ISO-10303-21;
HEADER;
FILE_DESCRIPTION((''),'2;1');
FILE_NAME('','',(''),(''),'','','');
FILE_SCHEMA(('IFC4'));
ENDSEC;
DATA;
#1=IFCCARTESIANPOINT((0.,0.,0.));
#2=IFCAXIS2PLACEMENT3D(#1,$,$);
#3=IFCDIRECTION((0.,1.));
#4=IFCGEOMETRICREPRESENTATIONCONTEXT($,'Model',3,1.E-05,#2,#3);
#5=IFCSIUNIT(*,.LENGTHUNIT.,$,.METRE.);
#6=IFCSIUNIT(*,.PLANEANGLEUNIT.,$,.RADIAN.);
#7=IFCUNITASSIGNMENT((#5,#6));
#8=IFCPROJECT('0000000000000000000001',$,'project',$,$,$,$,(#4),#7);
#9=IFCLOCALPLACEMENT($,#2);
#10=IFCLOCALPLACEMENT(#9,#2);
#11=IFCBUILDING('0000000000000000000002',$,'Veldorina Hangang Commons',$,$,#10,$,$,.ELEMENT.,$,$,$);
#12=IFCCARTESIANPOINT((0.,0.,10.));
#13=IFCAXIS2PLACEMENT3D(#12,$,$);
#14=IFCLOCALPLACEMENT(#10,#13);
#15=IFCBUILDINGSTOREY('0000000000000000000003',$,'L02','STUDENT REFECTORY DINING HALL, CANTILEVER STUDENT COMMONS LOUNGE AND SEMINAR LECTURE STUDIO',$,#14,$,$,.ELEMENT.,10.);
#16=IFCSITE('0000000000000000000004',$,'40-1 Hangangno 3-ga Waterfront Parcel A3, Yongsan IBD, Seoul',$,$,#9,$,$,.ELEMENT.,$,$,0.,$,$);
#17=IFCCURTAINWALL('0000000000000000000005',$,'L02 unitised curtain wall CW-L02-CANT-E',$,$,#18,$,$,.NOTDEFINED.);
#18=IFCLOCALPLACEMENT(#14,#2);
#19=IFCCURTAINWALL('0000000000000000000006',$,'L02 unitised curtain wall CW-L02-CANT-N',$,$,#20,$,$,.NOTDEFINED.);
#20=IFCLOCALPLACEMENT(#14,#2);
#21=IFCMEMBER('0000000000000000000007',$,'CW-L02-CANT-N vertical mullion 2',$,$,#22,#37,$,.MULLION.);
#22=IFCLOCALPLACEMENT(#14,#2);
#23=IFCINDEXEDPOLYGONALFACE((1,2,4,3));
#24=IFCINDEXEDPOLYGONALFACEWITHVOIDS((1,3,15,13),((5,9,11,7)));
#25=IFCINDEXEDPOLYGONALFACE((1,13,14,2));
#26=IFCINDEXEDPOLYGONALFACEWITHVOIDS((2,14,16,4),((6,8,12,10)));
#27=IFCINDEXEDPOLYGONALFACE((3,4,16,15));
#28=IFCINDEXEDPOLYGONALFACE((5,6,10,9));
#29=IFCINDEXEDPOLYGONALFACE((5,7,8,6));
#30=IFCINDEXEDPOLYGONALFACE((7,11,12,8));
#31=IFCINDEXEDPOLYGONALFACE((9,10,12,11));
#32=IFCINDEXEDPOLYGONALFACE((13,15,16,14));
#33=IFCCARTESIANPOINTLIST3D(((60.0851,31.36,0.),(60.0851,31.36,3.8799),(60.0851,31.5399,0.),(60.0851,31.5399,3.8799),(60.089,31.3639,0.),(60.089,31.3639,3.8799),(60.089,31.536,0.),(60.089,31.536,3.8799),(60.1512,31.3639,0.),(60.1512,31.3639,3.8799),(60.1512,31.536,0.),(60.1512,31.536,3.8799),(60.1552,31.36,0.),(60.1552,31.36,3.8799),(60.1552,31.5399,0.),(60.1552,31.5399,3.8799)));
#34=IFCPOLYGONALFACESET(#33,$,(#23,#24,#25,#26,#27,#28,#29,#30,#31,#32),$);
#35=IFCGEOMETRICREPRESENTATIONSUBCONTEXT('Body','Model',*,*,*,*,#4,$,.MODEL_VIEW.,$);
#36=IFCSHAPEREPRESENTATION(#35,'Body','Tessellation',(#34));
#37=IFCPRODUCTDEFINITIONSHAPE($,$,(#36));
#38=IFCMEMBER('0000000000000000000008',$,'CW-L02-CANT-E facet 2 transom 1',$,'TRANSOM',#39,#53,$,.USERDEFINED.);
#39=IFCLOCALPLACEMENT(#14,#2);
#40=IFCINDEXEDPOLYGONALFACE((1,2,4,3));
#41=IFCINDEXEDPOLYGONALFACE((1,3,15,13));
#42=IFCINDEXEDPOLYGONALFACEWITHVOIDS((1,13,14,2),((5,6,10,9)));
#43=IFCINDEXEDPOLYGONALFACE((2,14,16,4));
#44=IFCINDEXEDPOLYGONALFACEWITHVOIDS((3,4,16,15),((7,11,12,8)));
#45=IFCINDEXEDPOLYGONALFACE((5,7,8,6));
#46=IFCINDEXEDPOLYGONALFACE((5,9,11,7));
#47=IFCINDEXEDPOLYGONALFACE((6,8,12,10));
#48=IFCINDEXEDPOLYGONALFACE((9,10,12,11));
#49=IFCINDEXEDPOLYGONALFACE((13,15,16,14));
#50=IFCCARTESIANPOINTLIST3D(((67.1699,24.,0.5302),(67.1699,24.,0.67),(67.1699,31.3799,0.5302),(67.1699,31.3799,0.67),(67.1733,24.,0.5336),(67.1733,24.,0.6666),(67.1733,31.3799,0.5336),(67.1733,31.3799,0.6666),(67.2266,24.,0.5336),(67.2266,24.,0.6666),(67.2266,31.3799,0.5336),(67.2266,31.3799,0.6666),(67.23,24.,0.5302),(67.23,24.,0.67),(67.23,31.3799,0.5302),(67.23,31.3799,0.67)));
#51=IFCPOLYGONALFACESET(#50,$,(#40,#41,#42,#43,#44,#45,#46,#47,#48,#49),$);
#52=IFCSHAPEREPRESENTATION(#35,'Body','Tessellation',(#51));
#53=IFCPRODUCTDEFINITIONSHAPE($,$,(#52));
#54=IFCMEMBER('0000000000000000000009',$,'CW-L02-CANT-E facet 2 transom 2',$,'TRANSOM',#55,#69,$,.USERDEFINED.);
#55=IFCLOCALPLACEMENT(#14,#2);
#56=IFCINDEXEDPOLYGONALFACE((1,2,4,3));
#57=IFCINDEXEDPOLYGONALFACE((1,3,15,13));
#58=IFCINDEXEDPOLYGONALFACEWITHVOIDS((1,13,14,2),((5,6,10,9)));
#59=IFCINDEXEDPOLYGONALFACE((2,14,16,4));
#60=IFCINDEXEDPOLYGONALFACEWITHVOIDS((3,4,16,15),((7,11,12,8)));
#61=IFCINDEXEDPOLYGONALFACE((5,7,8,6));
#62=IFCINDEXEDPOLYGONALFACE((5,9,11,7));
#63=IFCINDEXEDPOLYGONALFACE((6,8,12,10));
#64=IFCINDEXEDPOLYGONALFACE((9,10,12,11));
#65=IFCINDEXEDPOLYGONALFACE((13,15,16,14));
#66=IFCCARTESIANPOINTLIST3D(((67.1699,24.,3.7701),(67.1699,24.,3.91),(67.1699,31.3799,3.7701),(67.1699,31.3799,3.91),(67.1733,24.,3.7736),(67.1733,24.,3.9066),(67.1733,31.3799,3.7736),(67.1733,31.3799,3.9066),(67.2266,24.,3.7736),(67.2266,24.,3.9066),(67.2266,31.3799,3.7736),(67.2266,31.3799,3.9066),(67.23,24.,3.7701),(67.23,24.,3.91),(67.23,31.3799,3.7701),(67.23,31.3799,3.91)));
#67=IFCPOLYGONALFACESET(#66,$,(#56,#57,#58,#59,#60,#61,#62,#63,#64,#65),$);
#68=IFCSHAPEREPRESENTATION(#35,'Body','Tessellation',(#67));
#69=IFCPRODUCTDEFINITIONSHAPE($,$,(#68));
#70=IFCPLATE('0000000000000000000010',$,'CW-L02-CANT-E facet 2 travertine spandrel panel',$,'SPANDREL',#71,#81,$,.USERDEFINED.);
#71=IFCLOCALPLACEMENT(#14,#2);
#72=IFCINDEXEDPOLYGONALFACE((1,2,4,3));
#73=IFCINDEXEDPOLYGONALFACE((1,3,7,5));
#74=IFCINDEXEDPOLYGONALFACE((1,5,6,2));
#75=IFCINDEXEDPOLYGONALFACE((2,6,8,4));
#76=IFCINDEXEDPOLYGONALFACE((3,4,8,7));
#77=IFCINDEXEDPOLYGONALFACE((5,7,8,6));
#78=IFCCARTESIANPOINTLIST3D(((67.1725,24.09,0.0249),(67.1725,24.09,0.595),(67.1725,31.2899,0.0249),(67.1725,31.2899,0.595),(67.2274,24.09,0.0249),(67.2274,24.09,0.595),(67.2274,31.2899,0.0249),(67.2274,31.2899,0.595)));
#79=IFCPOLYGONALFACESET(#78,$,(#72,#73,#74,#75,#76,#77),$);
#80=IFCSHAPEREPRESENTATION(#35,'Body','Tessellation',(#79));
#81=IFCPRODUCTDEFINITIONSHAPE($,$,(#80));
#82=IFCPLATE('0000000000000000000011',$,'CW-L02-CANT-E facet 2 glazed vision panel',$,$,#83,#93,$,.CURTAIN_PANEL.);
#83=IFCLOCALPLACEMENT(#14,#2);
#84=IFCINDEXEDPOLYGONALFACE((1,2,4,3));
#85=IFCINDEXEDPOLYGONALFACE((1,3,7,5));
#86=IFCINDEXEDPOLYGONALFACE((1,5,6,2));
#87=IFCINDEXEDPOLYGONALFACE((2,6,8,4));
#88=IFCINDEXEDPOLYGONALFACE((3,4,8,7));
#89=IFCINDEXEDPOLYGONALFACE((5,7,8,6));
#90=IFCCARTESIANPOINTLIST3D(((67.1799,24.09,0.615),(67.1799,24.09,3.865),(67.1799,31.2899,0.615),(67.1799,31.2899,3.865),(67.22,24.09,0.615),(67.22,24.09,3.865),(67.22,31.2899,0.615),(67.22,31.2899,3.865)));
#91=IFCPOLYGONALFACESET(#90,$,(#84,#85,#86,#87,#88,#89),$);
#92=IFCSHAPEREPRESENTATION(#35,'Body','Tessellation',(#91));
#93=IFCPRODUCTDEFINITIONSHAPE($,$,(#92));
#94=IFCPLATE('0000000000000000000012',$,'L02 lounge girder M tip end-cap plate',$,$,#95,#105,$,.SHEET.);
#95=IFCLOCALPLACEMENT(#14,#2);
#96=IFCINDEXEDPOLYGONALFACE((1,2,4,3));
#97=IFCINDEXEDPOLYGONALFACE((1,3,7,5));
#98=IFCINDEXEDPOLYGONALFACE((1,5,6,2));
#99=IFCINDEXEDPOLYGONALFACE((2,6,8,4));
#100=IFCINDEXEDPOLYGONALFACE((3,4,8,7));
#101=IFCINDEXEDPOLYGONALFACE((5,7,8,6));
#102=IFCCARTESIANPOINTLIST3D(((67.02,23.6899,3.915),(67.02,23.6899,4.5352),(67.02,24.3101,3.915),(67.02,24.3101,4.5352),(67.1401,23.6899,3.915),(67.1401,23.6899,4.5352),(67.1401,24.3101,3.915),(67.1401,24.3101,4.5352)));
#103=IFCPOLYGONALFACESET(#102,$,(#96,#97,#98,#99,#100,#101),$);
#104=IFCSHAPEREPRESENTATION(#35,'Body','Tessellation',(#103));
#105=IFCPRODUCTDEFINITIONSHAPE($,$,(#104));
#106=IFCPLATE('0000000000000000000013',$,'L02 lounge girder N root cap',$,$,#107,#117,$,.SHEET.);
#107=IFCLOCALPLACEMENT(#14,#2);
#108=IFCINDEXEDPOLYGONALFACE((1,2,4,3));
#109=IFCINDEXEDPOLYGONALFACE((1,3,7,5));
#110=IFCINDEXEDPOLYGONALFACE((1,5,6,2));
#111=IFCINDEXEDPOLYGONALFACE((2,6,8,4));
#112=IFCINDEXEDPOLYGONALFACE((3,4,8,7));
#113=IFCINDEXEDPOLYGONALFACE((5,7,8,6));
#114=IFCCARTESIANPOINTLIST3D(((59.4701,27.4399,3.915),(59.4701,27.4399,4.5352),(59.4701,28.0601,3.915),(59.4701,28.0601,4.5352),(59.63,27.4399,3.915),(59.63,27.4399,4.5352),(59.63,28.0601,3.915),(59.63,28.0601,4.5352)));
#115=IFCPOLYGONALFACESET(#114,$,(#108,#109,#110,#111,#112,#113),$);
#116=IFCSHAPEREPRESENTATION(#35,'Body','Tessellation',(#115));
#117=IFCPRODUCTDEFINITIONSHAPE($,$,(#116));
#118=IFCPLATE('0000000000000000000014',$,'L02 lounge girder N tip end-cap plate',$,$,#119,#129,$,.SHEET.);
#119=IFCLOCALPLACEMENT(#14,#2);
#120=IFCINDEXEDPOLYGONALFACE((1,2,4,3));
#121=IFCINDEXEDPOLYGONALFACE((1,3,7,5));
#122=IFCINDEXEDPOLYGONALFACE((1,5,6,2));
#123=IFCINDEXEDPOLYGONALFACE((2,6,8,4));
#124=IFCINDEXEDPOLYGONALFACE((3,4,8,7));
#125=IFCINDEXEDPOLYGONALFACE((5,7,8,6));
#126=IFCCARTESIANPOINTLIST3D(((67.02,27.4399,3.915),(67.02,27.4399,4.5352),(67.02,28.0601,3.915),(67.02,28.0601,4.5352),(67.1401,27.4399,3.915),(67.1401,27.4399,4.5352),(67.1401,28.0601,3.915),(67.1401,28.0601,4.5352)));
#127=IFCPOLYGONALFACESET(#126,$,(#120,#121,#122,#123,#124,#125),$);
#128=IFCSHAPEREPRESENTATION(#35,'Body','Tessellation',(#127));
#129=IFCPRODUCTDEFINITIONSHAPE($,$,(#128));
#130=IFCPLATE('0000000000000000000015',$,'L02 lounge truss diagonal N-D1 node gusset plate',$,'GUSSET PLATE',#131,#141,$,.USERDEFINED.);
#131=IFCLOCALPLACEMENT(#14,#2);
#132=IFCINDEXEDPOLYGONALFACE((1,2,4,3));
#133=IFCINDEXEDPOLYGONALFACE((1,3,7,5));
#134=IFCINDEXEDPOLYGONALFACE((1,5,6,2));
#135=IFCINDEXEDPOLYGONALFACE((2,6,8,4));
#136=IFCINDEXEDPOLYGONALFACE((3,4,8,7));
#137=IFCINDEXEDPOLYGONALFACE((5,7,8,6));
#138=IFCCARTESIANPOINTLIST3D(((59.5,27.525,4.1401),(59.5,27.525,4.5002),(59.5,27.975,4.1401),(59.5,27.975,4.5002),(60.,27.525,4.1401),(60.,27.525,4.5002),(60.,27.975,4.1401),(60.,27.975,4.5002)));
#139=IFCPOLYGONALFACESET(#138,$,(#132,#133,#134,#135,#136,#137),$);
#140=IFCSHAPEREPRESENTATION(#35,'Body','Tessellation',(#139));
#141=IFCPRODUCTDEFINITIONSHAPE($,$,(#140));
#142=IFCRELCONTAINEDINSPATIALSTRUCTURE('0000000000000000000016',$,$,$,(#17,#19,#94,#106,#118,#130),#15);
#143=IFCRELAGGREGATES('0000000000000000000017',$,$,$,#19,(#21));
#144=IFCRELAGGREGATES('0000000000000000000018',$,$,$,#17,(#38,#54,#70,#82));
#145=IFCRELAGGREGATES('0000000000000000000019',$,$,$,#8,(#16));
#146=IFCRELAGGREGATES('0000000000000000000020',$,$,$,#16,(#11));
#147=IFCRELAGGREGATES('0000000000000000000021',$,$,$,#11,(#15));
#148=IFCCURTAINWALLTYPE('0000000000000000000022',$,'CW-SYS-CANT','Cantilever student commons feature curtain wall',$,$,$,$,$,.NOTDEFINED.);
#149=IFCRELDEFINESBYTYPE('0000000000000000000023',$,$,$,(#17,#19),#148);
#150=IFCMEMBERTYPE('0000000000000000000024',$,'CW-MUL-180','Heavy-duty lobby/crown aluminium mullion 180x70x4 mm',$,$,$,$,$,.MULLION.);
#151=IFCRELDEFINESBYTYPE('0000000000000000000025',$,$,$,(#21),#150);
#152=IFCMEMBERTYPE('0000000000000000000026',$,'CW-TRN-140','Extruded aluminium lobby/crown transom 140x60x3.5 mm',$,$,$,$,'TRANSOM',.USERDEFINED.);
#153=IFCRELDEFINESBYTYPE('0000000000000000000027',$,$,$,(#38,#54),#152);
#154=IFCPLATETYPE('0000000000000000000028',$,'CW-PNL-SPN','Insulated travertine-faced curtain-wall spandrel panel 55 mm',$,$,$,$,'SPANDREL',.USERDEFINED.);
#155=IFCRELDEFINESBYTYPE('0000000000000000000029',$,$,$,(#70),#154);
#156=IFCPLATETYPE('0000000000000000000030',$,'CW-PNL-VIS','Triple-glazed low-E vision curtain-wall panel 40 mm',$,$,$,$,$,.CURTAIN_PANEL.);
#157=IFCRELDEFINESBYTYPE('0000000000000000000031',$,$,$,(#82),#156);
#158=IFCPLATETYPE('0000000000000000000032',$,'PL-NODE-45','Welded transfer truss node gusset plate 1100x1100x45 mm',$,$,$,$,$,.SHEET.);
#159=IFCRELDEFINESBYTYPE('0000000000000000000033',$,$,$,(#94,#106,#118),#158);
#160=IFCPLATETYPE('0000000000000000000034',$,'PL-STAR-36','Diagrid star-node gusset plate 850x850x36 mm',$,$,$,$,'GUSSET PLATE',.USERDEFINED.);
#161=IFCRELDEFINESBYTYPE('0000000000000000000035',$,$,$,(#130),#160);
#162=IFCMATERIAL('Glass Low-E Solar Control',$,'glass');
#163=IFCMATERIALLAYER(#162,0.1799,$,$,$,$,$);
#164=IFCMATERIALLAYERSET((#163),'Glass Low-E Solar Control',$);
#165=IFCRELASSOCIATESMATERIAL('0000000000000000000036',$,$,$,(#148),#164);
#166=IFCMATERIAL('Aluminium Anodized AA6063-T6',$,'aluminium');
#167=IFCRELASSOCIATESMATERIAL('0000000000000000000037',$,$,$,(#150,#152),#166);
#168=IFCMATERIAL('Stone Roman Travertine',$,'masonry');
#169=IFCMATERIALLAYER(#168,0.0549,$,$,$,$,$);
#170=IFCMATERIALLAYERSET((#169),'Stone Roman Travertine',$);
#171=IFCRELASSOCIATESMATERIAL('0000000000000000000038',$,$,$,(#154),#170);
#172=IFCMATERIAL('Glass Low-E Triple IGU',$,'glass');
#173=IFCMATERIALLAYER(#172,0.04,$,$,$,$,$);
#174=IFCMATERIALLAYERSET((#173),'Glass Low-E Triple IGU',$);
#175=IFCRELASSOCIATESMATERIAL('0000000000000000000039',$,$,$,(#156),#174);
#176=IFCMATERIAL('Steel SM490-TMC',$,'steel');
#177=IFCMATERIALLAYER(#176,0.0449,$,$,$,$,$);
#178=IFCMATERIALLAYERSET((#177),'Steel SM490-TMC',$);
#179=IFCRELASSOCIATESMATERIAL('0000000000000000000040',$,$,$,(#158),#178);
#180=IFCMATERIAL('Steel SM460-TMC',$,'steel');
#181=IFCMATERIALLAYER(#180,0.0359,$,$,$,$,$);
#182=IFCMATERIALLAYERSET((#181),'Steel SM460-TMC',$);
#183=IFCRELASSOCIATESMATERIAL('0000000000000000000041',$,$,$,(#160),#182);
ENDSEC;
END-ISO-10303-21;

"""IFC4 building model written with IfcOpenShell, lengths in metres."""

from ifc_helpers import new_model, si_unit, direction, frame, origin, origin_2d, place, context, subcontext, project, spatial, rectangle, hollow_rectangle, extrude, material, layer, layer_set, material_profile, profile_set, type_object, element, aggregate, save


model = new_model("IFC4")

# Units and contexts
model_context = context("Model", 3, precision=1e-05, world=origin(), true_north=direction((0.0, 1.0)))
body_context = subcontext(model_context, "Body", "Model", "MODEL_VIEW")
ifc_project = project(units=[si_unit("LENGTHUNIT", "METRE"), si_unit("PLANEANGLEUNIT", "RADIAN")], contexts=[model_context])

# Site, building, storey
site_placement = place(None, origin())
site = spatial("IfcSite", under=ifc_project, at=site_placement, Name="40-1 Hangangno 3-ga Waterfront Parcel A3, Yongsan IBD, Seoul", CompositionType="ELEMENT", RefElevation=0.0)
building_placement = place(site_placement, origin())
building = spatial("IfcBuilding", under=site, at=building_placement, Name="Veldorina Hangang Commons", CompositionType="ELEMENT")
storey_placement = place(building_placement, frame((0.0, 0.0, 10.0)))
storey = spatial("IfcBuildingStorey", under=building, at=storey_placement, Name="L02", Description="STUDENT REFECTORY DINING HALL, CANTILEVER STUDENT COMMONS LOUNGE AND SEMINAR LECTURE STUDIO", CompositionType="ELEMENT", Elevation=10.0)

# Curtain walls, member
ifc_material_1 = material(Name="Glass Low-E Solar Control", Category="glass")
ifc_layer_1 = layer(ifc_material_1, 0.1799)
ifc_layer_set_1 = layer_set([ifc_layer_1], Name="Glass Low-E Solar Control")
curtain_wall_type = type_object("IfcCurtainWallType", Name="CW-SYS-CANT", Description="Cantilever student commons feature curtain wall", PredefinedType="NOTDEFINED", material=ifc_layer_set_1)
curtain_wall_1_placement = place(storey_placement, origin())
curtain_wall_1 = element("IfcCurtainWall", 1, at=curtain_wall_1_placement, inside=storey, type_object=curtain_wall_type, Name="L02 unitised curtain wall CW-L02-CANT-E", PredefinedType="NOTDEFINED")
ifc_material_2 = material(Name="Aluminium Anodized AA6063-T6", Category="aluminium")
ifc_material_profile_1 = material_profile(ifc_material_2, hollow_rectangle(XDim=0.0701, YDim=0.1799, WallThickness=0.0039, at=origin_2d()), Name="ALU-RHS-180x70x4")
ifc_profile_set_1 = profile_set([ifc_material_profile_1], Name="Aluminium Anodized AA6063-T6")
member_type_1 = type_object("IfcMemberType", Name="CW-MUL-180", Description="Heavy-duty lobby/crown aluminium mullion 180x70x4 mm", PredefinedType="MULLION", material=ifc_profile_set_1)
curtain_wall_2_placement = place(storey_placement, origin())
curtain_wall_2 = element("IfcCurtainWall", 2, at=curtain_wall_2_placement, inside=storey, type_object=curtain_wall_type, Name="L02 unitised curtain wall CW-L02-CANT-N", PredefinedType="NOTDEFINED")
member_1_placement = place(storey_placement, frame((60.1201, 31.45, 0.0), z_axis=(0.0, 0.0, 1.0), x_axis=(1.0, 0.0, 0.0)))
member_1 = element("IfcMember", 3, at=member_1_placement, type_object=member_type_1, Name="CW-L02-CANT-N vertical mullion 2", PredefinedType="MULLION", context=body_context, shape_type="SweptSolid", body=[
    extrude(hollow_rectangle(XDim=0.0701, YDim=0.1799, WallThickness=0.0039, at=origin_2d()), origin(), (0.0, 0.0, 1.0), 3.8799),
])
aggregate(curtain_wall_2, [member_1])

# Members
ifc_material_profile_2 = material_profile(ifc_material_2, hollow_rectangle(XDim=0.0601, YDim=0.1399, WallThickness=0.0034, at=origin_2d()), Name="ALU-RHS-140x60x3.5")
ifc_profile_set_2 = profile_set([ifc_material_profile_2], Name="Aluminium Anodized AA6063-T6")
member_type_2 = type_object("IfcMemberType", Name="CW-TRN-140", Description="Extruded aluminium lobby/crown transom 140x60x3.5 mm", ElementType="TRANSOM", PredefinedType="USERDEFINED", material=ifc_profile_set_2)
member_2_placement = place(storey_placement, frame((67.2, 24.0, 0.6001), z_axis=(0.0, 1.0, 0.0), x_axis=(-1.0, 0.0, 0.0)))
member_2 = element("IfcMember", 4, at=member_2_placement, type_object=member_type_2, Name="CW-L02-CANT-E facet 2 transom 1", ObjectType="TRANSOM", PredefinedType="USERDEFINED", context=body_context, shape_type="SweptSolid", body=[
    extrude(hollow_rectangle(XDim=0.0601, YDim=0.1399, WallThickness=0.0034, at=origin_2d()), origin(), (0.0, 0.0, 1.0), 7.3799),
])
member_3_placement = place(storey_placement, frame((67.2, 24.0, 3.8401), z_axis=(0.0, 1.0, 0.0), x_axis=(-1.0, 0.0, 0.0)))
member_3 = element("IfcMember", 5, at=member_3_placement, type_object=member_type_2, Name="CW-L02-CANT-E facet 2 transom 2", ObjectType="TRANSOM", PredefinedType="USERDEFINED", context=body_context, shape_type="SweptSolid", body=[
    extrude(hollow_rectangle(XDim=0.0601, YDim=0.1399, WallThickness=0.0034, at=origin_2d()), origin(), (0.0, 0.0, 1.0), 7.3799),
])

# Plates
ifc_material_3 = material(Name="Stone Roman Travertine", Category="masonry")
ifc_layer_2 = layer(ifc_material_3, 0.0549)
ifc_layer_set_2 = layer_set([ifc_layer_2], Name="Stone Roman Travertine")
plate_type_1 = type_object("IfcPlateType", Name="CW-PNL-SPN", Description="Insulated travertine-faced curtain-wall spandrel panel 55 mm", ElementType="SPANDREL", PredefinedType="USERDEFINED", material=ifc_layer_set_2)
plate_1_placement = place(storey_placement, frame((67.2, 27.6899, 0.0249), z_axis=(0.0, 0.0, 1.0), x_axis=(0.0, 1.0, 0.0)))
plate_1 = element("IfcPlate", 6, at=plate_1_placement, type_object=plate_type_1, Name="CW-L02-CANT-E facet 2 travertine spandrel panel", ObjectType="SPANDREL", PredefinedType="USERDEFINED", context=body_context, shape_type="SweptSolid", body=[
    extrude(rectangle(XDim=7.2, YDim=0.0549, at=origin_2d()), origin(), (0.0, 0.0, 1.0), 0.5701),
])
ifc_material_4 = material(Name="Glass Low-E Triple IGU", Category="glass")
ifc_layer_3 = layer(ifc_material_4, 0.04)
ifc_layer_set_3 = layer_set([ifc_layer_3], Name="Glass Low-E Triple IGU")
plate_type_2 = type_object("IfcPlateType", Name="CW-PNL-VIS", Description="Triple-glazed low-E vision curtain-wall panel 40 mm", PredefinedType="CURTAIN_PANEL", material=ifc_layer_set_3)
plate_2_placement = place(storey_placement, frame((67.2, 27.6899, 0.615), z_axis=(0.0, 0.0, 1.0), x_axis=(0.0, 1.0, 0.0)))
plate_2 = element("IfcPlate", 7, at=plate_2_placement, type_object=plate_type_2, Name="CW-L02-CANT-E facet 2 glazed vision panel", PredefinedType="CURTAIN_PANEL", context=body_context, shape_type="SweptSolid", body=[
    extrude(rectangle(XDim=7.2, YDim=0.04, at=origin_2d()), origin(), (0.0, 0.0, 1.0), 3.25),
])
aggregate(curtain_wall_1, [member_2, member_3, plate_1, plate_2])

# Plates
ifc_material_5 = material(Name="Steel SM490-TMC", Category="steel")
ifc_layer_4 = layer(ifc_material_5, 0.0449)
ifc_layer_set_4 = layer_set([ifc_layer_4], Name="Steel SM490-TMC")
plate_type_3 = type_object("IfcPlateType", Name="PL-NODE-45", Description="Welded transfer truss node gusset plate 1100x1100x45 mm", PredefinedType="SHEET", material=ifc_layer_set_4)
plate_3_placement = place(storey_placement, frame((67.0801, 24.0, 3.915), z_axis=(0.0, 0.0, 1.0), x_axis=(1.0, 0.0, 0.0)))
element("IfcPlate", 8, at=plate_3_placement, inside=storey, type_object=plate_type_3, Name="L02 lounge girder M tip end-cap plate", PredefinedType="SHEET", context=body_context, shape_type="SweptSolid", body=[
    extrude(rectangle(XDim=0.1201, YDim=0.6201, at=origin_2d()), origin(), (0.0, 0.0, 1.0), 0.6201),
])
plate_4_placement = place(storey_placement, frame((59.55, 27.75, 3.915), z_axis=(0.0, 0.0, 1.0), x_axis=(1.0, 0.0, 0.0)))
element("IfcPlate", 9, at=plate_4_placement, inside=storey, type_object=plate_type_3, Name="L02 lounge girder N root cap", PredefinedType="SHEET", context=body_context, shape_type="SweptSolid", body=[
    extrude(rectangle(XDim=0.1599, YDim=0.6201, at=origin_2d()), origin(), (0.0, 0.0, 1.0), 0.6201),
])
plate_5_placement = place(storey_placement, frame((67.0801, 27.75, 3.915), z_axis=(0.0, 0.0, 1.0), x_axis=(1.0, 0.0, 0.0)))
element("IfcPlate", 10, at=plate_5_placement, inside=storey, type_object=plate_type_3, Name="L02 lounge girder N tip end-cap plate", PredefinedType="SHEET", context=body_context, shape_type="SweptSolid", body=[
    extrude(rectangle(XDim=0.1201, YDim=0.6201, at=origin_2d()), origin(), (0.0, 0.0, 1.0), 0.6201),
])
ifc_material_6 = material(Name="Steel SM460-TMC", Category="steel")
ifc_layer_5 = layer(ifc_material_6, 0.0359)
ifc_layer_set_5 = layer_set([ifc_layer_5], Name="Steel SM460-TMC")
plate_type_4 = type_object("IfcPlateType", Name="PL-STAR-36", Description="Diagrid star-node gusset plate 850x850x36 mm", ElementType="GUSSET PLATE", PredefinedType="USERDEFINED", material=ifc_layer_set_5)
plate_6_placement = place(storey_placement, frame((59.75, 27.75, 4.1401), z_axis=(0.0, 0.0, 1.0), x_axis=(1.0, 0.0, 0.0)))
element("IfcPlate", 11, at=plate_6_placement, inside=storey, type_object=plate_type_4, Name="L02 lounge truss diagonal N-D1 node gusset plate", ObjectType="GUSSET PLATE", PredefinedType="USERDEFINED", context=body_context, shape_type="SweptSolid", body=[
    extrude(rectangle(XDim=0.5, YDim=0.45, at=origin_2d()), origin(), (0.0, 0.0, 1.0), 0.3601),
])

save(model, "model.ifc")
